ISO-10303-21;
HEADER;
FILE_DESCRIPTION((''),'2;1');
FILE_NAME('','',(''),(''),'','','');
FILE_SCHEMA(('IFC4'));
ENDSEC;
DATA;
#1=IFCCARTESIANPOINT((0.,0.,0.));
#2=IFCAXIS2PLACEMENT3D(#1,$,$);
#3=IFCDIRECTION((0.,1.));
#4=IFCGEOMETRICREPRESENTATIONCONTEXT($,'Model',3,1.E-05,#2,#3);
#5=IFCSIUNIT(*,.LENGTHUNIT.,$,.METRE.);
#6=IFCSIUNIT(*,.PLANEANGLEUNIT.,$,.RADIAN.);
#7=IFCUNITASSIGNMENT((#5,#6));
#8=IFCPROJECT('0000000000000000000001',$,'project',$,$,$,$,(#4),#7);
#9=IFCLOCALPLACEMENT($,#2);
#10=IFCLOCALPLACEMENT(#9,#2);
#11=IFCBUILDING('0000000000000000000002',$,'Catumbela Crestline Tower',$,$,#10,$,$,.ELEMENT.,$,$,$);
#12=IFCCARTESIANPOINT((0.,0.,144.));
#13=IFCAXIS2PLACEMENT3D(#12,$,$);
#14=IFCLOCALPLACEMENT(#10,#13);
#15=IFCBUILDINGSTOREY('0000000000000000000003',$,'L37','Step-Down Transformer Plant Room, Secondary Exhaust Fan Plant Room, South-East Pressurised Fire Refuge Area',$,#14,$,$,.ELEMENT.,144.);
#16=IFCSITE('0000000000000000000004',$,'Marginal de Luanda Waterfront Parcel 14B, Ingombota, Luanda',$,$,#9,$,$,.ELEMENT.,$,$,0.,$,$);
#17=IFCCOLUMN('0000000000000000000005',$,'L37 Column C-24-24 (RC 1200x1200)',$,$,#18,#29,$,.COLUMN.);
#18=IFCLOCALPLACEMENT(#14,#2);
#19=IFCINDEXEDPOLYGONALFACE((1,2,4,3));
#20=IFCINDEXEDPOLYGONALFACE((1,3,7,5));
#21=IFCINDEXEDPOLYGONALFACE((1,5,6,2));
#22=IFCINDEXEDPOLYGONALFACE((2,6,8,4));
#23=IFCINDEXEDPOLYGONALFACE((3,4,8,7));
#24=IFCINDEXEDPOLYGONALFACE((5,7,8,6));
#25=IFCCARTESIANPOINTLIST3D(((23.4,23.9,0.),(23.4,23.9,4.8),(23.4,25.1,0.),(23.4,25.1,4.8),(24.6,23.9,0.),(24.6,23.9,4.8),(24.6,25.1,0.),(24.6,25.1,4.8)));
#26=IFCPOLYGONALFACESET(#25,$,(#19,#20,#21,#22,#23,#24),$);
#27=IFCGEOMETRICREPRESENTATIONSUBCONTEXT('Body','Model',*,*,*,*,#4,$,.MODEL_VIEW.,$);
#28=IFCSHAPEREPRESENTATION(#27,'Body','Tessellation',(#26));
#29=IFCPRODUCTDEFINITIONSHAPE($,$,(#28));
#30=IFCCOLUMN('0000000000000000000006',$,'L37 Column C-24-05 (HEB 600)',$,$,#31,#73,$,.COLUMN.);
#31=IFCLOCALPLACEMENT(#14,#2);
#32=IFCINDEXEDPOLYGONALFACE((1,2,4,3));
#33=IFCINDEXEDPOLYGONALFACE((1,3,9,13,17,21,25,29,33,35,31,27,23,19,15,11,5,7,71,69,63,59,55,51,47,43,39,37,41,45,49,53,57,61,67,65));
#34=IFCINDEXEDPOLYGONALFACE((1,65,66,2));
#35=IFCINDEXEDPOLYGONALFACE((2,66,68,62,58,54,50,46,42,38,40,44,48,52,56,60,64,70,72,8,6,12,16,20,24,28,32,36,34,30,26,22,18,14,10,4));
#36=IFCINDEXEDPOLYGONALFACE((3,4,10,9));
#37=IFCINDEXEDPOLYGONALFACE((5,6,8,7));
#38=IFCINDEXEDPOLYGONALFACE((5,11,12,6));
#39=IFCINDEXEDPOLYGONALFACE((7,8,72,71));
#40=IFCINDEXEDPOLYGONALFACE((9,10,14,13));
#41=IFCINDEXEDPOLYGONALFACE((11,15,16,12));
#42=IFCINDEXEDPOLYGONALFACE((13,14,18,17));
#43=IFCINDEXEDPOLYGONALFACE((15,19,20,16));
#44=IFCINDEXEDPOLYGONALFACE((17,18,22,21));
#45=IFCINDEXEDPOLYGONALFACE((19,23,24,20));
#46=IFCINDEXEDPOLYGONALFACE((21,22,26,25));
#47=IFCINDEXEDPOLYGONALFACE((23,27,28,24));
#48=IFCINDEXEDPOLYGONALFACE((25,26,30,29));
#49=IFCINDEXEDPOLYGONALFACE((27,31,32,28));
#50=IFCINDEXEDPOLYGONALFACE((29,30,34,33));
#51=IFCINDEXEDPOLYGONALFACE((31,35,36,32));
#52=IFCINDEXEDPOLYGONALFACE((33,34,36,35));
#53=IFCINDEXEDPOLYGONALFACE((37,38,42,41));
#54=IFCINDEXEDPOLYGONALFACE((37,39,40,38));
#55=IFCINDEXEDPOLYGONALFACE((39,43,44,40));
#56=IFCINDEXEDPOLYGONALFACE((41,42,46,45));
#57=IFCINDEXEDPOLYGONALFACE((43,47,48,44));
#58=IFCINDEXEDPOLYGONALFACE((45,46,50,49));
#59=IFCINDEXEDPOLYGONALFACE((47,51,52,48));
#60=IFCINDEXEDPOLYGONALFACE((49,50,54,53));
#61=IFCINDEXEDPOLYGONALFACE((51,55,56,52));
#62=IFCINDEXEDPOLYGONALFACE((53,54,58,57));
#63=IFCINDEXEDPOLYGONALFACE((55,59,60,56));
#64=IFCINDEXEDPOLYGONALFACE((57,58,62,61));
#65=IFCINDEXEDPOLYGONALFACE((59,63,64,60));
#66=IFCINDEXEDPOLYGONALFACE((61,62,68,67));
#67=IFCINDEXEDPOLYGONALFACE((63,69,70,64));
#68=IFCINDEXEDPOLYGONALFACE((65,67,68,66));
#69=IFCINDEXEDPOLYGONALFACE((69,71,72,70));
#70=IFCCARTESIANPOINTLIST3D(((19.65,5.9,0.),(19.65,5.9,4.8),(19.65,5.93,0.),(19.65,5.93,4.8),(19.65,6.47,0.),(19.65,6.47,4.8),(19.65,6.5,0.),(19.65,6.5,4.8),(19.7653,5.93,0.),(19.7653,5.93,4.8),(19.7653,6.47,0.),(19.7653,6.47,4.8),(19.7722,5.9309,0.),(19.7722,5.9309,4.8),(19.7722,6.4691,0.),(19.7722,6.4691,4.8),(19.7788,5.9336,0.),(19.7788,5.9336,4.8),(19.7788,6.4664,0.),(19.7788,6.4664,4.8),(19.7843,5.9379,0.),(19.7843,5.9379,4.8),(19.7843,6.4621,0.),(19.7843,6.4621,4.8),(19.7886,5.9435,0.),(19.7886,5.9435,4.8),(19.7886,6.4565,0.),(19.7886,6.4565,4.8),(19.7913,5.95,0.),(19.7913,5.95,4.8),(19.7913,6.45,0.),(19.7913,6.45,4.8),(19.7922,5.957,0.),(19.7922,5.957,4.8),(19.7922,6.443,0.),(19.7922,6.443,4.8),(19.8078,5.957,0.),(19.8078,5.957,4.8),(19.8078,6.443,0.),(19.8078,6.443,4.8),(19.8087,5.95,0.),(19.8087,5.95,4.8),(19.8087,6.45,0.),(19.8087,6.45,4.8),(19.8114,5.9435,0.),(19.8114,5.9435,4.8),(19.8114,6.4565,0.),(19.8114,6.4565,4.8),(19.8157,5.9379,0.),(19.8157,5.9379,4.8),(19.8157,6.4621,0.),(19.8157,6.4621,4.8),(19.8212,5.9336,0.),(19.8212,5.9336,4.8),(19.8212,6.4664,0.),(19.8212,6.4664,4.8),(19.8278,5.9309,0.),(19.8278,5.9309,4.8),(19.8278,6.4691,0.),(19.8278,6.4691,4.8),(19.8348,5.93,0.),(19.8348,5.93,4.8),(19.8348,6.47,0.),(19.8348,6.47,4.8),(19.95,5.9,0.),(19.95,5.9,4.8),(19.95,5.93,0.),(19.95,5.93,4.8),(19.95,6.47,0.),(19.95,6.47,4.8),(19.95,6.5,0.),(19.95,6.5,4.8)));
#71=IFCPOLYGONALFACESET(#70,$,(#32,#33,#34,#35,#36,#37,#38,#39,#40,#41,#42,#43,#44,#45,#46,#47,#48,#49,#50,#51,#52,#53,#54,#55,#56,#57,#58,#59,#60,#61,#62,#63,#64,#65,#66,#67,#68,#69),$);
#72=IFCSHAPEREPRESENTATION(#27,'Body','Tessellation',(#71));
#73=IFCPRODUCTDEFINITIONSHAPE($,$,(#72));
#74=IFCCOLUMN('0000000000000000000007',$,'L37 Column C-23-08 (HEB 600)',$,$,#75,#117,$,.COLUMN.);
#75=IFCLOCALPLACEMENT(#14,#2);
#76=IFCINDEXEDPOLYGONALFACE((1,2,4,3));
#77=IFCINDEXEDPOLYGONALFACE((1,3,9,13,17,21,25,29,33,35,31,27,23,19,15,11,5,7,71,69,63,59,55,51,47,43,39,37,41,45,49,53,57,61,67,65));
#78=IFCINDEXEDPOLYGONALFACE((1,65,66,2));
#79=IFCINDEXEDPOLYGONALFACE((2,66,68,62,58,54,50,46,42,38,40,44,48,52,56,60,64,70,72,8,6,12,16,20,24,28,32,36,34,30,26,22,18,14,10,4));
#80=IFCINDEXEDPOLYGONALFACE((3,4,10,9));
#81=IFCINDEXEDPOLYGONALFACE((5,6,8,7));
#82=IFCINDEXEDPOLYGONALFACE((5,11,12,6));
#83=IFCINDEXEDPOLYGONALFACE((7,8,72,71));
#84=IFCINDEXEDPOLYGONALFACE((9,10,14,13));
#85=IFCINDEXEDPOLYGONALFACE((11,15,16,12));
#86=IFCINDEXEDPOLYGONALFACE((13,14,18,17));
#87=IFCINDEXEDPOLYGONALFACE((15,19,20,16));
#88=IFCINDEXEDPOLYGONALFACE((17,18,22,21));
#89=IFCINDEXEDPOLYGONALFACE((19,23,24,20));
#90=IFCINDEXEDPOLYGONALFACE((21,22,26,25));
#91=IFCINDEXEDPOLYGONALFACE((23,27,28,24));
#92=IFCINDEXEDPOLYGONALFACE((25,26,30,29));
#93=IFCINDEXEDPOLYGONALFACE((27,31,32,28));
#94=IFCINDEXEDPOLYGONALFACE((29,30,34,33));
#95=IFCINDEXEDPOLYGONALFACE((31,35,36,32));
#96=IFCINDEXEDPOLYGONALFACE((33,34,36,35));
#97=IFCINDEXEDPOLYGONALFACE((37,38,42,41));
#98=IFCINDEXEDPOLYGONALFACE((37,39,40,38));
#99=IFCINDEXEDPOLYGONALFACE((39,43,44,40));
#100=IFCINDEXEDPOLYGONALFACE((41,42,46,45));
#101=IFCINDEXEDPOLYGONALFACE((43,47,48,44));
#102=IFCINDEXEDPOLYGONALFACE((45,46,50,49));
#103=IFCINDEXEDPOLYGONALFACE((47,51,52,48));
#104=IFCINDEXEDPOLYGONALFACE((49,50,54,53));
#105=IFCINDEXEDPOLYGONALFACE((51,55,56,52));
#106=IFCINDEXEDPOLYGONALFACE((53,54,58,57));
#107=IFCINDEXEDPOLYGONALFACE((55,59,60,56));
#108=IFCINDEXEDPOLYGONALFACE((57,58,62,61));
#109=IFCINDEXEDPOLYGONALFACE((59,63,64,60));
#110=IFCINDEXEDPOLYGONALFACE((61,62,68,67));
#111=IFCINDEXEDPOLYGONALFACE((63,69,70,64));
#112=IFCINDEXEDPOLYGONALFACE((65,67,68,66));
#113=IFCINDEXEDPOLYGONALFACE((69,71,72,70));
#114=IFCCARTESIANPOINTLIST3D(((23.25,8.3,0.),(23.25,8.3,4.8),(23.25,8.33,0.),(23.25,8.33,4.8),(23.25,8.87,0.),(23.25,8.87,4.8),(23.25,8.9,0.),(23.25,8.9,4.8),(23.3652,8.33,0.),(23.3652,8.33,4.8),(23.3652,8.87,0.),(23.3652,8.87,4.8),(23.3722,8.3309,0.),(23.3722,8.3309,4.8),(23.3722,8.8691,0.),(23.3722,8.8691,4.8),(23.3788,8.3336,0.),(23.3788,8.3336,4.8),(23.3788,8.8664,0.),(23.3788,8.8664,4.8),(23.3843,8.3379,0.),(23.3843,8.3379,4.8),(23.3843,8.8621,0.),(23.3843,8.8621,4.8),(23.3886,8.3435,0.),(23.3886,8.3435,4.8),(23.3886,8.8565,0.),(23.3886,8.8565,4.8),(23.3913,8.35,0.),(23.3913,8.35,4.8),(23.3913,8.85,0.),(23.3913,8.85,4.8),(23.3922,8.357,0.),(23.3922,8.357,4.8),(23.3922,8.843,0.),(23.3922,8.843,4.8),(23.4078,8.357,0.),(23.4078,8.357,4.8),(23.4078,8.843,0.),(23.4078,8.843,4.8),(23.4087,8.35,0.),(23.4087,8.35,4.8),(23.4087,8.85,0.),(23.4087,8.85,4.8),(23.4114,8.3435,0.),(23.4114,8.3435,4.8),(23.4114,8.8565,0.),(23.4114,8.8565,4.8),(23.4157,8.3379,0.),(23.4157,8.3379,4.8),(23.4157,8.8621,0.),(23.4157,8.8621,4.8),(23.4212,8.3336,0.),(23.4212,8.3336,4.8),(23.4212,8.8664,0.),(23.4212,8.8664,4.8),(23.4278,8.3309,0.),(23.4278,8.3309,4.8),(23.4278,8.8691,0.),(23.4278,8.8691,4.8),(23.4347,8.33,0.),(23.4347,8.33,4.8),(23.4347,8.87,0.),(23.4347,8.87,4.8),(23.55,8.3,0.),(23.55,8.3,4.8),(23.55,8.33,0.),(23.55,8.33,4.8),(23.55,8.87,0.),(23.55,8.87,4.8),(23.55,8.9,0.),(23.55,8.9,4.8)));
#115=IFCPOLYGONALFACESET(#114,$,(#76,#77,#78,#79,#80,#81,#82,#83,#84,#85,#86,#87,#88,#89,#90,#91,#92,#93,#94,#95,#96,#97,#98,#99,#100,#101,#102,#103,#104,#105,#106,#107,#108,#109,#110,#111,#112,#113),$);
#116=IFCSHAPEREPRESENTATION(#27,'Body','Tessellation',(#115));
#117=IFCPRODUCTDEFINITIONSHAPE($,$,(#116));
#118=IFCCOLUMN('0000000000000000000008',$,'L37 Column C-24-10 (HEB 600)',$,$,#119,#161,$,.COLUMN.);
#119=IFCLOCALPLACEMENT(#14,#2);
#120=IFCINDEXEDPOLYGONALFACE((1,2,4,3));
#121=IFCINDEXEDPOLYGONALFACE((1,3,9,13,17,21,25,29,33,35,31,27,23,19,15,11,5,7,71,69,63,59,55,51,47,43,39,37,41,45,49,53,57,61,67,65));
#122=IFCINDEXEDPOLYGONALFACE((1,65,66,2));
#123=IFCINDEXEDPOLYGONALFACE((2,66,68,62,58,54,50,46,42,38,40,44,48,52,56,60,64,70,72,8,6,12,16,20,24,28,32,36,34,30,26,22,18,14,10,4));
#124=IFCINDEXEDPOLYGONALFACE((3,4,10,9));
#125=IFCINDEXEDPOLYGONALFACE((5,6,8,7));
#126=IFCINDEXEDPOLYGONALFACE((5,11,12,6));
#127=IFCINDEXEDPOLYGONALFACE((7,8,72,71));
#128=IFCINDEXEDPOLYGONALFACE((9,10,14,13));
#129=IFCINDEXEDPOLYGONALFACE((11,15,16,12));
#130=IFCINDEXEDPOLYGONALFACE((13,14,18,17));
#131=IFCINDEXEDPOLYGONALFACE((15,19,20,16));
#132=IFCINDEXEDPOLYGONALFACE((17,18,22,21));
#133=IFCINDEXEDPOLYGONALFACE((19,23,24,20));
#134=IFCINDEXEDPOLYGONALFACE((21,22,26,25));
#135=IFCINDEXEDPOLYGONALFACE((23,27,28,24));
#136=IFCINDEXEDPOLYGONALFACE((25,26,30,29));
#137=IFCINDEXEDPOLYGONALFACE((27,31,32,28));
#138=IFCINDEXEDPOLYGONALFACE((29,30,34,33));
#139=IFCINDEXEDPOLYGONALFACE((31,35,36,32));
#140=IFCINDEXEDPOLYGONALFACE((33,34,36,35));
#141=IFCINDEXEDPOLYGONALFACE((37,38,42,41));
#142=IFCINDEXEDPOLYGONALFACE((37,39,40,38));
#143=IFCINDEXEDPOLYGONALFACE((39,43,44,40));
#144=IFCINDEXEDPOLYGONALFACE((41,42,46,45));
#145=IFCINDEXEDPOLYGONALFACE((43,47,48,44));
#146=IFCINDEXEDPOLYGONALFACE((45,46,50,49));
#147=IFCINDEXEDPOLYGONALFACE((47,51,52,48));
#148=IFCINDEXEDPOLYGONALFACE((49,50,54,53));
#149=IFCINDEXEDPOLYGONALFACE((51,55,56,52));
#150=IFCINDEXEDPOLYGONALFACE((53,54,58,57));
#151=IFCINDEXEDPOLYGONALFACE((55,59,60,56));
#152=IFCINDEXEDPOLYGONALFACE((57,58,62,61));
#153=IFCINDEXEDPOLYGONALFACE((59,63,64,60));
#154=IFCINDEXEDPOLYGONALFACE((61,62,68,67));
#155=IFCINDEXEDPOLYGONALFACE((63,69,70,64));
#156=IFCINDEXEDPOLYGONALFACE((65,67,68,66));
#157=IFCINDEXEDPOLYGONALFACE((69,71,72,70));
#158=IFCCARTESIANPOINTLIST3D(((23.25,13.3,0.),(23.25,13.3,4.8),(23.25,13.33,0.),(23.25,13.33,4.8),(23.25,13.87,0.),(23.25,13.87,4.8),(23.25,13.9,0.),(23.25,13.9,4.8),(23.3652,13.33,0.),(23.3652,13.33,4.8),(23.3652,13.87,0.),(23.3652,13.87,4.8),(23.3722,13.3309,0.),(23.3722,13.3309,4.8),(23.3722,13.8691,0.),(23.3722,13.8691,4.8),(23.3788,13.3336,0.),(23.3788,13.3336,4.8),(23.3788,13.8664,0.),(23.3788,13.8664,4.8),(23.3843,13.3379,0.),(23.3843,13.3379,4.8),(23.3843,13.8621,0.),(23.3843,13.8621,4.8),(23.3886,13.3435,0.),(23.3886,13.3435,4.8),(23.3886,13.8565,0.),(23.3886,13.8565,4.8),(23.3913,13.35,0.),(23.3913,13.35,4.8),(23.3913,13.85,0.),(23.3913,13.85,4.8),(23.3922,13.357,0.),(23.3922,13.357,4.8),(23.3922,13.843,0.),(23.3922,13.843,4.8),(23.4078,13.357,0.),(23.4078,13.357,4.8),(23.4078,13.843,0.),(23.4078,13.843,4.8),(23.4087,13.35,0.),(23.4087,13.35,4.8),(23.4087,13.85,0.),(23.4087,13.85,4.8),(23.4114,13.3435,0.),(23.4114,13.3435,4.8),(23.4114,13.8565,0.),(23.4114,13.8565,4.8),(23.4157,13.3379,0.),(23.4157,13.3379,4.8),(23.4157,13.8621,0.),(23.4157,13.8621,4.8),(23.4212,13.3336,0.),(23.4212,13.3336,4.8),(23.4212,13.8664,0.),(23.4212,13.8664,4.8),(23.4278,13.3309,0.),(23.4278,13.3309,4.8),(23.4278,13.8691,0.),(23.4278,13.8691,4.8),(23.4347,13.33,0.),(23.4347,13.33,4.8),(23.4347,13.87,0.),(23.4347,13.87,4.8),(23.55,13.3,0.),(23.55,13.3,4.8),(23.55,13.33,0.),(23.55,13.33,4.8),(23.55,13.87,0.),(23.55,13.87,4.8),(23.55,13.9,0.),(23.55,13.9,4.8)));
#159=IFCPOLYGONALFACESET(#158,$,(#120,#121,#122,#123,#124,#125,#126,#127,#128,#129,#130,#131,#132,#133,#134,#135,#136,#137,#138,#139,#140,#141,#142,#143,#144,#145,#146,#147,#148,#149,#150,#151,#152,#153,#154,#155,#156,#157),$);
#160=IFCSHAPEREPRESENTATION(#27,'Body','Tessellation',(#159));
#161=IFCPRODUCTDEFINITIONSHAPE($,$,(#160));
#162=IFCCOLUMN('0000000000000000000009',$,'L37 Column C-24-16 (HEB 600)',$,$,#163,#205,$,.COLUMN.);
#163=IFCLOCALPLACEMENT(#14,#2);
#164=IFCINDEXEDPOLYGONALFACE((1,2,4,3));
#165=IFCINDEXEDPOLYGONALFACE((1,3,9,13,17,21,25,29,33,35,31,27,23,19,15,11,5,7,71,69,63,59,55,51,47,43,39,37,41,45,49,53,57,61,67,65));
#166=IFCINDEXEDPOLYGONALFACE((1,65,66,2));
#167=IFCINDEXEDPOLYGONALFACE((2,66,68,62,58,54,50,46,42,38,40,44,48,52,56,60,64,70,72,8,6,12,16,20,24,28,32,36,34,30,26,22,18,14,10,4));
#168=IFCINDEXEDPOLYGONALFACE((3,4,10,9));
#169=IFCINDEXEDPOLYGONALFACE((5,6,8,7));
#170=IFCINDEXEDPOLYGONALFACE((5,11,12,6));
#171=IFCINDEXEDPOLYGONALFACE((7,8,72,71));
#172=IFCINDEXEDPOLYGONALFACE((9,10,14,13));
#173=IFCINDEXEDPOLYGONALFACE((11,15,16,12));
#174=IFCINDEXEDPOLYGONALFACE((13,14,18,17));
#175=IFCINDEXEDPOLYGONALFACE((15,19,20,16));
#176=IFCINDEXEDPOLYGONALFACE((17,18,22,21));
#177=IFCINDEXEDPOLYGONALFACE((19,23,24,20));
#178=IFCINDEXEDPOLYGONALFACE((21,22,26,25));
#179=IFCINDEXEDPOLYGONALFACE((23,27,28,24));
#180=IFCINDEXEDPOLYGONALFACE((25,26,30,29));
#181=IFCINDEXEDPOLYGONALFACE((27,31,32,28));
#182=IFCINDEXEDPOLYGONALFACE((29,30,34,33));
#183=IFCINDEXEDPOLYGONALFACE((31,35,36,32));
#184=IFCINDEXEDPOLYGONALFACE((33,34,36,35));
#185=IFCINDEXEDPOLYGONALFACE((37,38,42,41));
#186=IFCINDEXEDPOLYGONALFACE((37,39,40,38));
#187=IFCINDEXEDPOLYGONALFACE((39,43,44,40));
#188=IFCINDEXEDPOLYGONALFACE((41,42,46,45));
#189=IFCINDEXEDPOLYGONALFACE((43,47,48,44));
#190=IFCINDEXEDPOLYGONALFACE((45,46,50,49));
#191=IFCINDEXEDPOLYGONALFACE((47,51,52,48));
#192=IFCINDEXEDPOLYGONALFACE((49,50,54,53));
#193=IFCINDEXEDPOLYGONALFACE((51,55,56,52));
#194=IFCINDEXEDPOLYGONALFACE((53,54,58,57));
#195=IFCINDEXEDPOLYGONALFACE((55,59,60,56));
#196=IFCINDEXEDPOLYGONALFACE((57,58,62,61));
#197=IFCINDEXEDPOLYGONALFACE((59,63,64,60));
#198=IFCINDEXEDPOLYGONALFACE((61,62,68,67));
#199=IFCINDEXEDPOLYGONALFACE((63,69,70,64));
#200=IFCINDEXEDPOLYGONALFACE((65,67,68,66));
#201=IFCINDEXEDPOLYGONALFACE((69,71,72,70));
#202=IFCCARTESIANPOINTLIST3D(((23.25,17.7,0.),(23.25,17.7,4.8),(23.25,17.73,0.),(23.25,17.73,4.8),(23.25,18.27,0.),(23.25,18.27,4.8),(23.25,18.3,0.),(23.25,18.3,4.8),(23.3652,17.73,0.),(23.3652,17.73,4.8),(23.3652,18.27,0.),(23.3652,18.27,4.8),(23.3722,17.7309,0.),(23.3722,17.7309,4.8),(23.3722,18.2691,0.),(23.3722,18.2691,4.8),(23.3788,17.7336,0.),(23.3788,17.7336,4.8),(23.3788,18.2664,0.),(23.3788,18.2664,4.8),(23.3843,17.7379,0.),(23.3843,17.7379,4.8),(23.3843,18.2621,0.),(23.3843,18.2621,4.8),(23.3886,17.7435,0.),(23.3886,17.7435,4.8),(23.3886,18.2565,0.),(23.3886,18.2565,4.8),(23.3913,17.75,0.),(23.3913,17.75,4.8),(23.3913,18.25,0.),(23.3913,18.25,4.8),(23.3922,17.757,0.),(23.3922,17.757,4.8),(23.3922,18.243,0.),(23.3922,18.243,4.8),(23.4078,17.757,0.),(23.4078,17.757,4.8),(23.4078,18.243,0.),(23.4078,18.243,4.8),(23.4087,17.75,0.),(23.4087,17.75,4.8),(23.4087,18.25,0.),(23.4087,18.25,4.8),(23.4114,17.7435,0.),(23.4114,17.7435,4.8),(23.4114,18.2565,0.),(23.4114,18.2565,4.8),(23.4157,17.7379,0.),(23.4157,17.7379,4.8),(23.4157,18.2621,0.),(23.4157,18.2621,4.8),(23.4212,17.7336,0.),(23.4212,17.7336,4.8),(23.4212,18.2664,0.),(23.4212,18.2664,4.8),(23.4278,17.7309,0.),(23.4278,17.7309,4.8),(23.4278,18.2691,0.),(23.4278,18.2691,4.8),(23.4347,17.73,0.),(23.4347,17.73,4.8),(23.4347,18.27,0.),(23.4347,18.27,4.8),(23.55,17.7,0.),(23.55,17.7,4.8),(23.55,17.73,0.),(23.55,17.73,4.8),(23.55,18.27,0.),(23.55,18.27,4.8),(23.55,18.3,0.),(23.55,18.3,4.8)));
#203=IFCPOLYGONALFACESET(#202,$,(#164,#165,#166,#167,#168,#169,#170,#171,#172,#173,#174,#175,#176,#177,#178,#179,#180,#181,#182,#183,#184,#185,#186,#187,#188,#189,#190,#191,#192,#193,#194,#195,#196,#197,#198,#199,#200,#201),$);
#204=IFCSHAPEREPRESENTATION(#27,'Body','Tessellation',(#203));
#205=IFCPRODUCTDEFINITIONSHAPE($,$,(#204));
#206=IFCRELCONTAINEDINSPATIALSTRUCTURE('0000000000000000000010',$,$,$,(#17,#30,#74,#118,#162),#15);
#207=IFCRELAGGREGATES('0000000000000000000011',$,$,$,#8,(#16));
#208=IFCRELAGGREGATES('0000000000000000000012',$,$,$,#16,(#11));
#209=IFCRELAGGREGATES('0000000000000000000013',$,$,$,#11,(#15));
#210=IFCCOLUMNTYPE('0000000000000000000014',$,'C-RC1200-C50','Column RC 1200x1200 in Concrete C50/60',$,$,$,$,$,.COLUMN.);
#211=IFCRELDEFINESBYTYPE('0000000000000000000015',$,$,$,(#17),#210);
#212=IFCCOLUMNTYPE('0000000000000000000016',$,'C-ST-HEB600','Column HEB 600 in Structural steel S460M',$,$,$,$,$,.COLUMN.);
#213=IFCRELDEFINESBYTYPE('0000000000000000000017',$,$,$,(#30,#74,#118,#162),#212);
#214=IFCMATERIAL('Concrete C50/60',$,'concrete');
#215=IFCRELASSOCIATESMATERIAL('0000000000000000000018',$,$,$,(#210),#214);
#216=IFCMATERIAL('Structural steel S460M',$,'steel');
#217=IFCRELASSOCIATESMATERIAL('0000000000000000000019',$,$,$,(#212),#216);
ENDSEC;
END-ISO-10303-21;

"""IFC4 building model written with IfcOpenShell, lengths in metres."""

from ifc_helpers import new_model, si_unit, direction, frame, origin, origin_2d, place, context, subcontext, project, spatial, rectangle, i_section, extrude, material, material_profile, profile_set, type_object, element, save


model = new_model("IFC4")

# Units and contexts
model_context = context("Model", 3, precision=1e-05, world=origin(), true_north=direction((0.0, 1.0)))
body_context = subcontext(model_context, "Body", "Model", "MODEL_VIEW")
ifc_project = project(units=[si_unit("LENGTHUNIT", "METRE"), si_unit("PLANEANGLEUNIT", "RADIAN")], contexts=[model_context])

# Site, building, storey
site_placement = place(None, origin())
site = spatial("IfcSite", under=ifc_project, at=site_placement, Name="Marginal de Luanda Waterfront Parcel 14B, Ingombota, Luanda", CompositionType="ELEMENT", RefElevation=0.0)
building_placement = place(site_placement, origin())
building = spatial("IfcBuilding", under=site, at=building_placement, Name="Catumbela Crestline Tower", CompositionType="ELEMENT")
storey_placement = place(building_placement, frame((0.0, 0.0, 144.0)))
storey = spatial("IfcBuildingStorey", under=building, at=storey_placement, Name="L37", Description="Step-Down Transformer Plant Room, Secondary Exhaust Fan Plant Room, South-East Pressurised Fire Refuge Area", CompositionType="ELEMENT", Elevation=144.0)

# Columns
ifc_material_1 = material(Name="Concrete C50/60", Category="concrete")
ifc_material_profile_1 = material_profile(ifc_material_1, rectangle(XDim=1.2, YDim=1.2, at=origin_2d()), Name="RC 1200x1200")
ifc_profile_set_1 = profile_set([ifc_material_profile_1], Name="Concrete C50/60")
column_type_1 = type_object("IfcColumnType", Name="C-RC1200-C50", Description="Column RC 1200x1200 in Concrete C50/60", PredefinedType="COLUMN", material=ifc_profile_set_1)
column_placement = place(storey_placement, frame((24.0, 24.5, 0.0), z_axis=(0.0, 0.0, 1.0), x_axis=(1.0, 0.0, 0.0)))
element("IfcColumn", 1, at=column_placement, inside=storey, type_object=column_type_1, Name="L37 Column C-24-24 (RC 1200x1200)", PredefinedType="COLUMN", context=body_context, shape_type="SweptSolid", body=[
    extrude(rectangle(XDim=1.2, YDim=1.2, at=origin_2d()), origin(), (0.0, 0.0, 1.0), 4.8),
])
ifc_material_2 = material(Name="Structural steel S460M", Category="steel")
ifc_material_profile_2 = material_profile(ifc_material_2, i_section(OverallWidth=0.3, OverallDepth=0.6, WebThickness=0.0155, FlangeThickness=0.03, FilletRadius=0.027, at=origin_2d()), Name="HEB 600")
ifc_profile_set_2 = profile_set([ifc_material_profile_2], Name="Structural steel S460M")
column_type_2 = type_object("IfcColumnType", Name="C-ST-HEB600", Description="Column HEB 600 in Structural steel S460M", PredefinedType="COLUMN", material=ifc_profile_set_2)
for number, where, z_axis, x_axis, name in (
    (2, (19.8, 6.2, 0.0), (0.0, 0.0, 1.0), (1.0, 0.0, 0.0), "L37 Column C-24-05 (HEB 600)"),
    (3, (23.4, 8.6, 0.0), (0.0, 0.0, 1.0), (1.0, 0.0, 0.0), "L37 Column C-23-08 (HEB 600)"),
    (4, (23.4, 13.6, 0.0), (0.0, 0.0, 1.0), (1.0, 0.0, 0.0), "L37 Column C-24-10 (HEB 600)"),
    (5, (23.4, 18.0, 0.0), (0.0, 0.0, 1.0), (1.0, 0.0, 0.0), "L37 Column C-24-16 (HEB 600)"),
):
    element("IfcColumn", number, at=place(storey_placement, frame(where, z_axis=z_axis, x_axis=x_axis)), inside=storey, type_object=column_type_2, Name=name, PredefinedType="COLUMN", context=body_context, shape_type="SweptSolid", body=[
        extrude(i_section(OverallWidth=0.3, OverallDepth=0.6, WebThickness=0.0155, FlangeThickness=0.03, FilletRadius=0.027, at=origin_2d()), origin(), (0.0, 0.0, 1.0), 4.8),
    ])

save(model, "model.ifc")
